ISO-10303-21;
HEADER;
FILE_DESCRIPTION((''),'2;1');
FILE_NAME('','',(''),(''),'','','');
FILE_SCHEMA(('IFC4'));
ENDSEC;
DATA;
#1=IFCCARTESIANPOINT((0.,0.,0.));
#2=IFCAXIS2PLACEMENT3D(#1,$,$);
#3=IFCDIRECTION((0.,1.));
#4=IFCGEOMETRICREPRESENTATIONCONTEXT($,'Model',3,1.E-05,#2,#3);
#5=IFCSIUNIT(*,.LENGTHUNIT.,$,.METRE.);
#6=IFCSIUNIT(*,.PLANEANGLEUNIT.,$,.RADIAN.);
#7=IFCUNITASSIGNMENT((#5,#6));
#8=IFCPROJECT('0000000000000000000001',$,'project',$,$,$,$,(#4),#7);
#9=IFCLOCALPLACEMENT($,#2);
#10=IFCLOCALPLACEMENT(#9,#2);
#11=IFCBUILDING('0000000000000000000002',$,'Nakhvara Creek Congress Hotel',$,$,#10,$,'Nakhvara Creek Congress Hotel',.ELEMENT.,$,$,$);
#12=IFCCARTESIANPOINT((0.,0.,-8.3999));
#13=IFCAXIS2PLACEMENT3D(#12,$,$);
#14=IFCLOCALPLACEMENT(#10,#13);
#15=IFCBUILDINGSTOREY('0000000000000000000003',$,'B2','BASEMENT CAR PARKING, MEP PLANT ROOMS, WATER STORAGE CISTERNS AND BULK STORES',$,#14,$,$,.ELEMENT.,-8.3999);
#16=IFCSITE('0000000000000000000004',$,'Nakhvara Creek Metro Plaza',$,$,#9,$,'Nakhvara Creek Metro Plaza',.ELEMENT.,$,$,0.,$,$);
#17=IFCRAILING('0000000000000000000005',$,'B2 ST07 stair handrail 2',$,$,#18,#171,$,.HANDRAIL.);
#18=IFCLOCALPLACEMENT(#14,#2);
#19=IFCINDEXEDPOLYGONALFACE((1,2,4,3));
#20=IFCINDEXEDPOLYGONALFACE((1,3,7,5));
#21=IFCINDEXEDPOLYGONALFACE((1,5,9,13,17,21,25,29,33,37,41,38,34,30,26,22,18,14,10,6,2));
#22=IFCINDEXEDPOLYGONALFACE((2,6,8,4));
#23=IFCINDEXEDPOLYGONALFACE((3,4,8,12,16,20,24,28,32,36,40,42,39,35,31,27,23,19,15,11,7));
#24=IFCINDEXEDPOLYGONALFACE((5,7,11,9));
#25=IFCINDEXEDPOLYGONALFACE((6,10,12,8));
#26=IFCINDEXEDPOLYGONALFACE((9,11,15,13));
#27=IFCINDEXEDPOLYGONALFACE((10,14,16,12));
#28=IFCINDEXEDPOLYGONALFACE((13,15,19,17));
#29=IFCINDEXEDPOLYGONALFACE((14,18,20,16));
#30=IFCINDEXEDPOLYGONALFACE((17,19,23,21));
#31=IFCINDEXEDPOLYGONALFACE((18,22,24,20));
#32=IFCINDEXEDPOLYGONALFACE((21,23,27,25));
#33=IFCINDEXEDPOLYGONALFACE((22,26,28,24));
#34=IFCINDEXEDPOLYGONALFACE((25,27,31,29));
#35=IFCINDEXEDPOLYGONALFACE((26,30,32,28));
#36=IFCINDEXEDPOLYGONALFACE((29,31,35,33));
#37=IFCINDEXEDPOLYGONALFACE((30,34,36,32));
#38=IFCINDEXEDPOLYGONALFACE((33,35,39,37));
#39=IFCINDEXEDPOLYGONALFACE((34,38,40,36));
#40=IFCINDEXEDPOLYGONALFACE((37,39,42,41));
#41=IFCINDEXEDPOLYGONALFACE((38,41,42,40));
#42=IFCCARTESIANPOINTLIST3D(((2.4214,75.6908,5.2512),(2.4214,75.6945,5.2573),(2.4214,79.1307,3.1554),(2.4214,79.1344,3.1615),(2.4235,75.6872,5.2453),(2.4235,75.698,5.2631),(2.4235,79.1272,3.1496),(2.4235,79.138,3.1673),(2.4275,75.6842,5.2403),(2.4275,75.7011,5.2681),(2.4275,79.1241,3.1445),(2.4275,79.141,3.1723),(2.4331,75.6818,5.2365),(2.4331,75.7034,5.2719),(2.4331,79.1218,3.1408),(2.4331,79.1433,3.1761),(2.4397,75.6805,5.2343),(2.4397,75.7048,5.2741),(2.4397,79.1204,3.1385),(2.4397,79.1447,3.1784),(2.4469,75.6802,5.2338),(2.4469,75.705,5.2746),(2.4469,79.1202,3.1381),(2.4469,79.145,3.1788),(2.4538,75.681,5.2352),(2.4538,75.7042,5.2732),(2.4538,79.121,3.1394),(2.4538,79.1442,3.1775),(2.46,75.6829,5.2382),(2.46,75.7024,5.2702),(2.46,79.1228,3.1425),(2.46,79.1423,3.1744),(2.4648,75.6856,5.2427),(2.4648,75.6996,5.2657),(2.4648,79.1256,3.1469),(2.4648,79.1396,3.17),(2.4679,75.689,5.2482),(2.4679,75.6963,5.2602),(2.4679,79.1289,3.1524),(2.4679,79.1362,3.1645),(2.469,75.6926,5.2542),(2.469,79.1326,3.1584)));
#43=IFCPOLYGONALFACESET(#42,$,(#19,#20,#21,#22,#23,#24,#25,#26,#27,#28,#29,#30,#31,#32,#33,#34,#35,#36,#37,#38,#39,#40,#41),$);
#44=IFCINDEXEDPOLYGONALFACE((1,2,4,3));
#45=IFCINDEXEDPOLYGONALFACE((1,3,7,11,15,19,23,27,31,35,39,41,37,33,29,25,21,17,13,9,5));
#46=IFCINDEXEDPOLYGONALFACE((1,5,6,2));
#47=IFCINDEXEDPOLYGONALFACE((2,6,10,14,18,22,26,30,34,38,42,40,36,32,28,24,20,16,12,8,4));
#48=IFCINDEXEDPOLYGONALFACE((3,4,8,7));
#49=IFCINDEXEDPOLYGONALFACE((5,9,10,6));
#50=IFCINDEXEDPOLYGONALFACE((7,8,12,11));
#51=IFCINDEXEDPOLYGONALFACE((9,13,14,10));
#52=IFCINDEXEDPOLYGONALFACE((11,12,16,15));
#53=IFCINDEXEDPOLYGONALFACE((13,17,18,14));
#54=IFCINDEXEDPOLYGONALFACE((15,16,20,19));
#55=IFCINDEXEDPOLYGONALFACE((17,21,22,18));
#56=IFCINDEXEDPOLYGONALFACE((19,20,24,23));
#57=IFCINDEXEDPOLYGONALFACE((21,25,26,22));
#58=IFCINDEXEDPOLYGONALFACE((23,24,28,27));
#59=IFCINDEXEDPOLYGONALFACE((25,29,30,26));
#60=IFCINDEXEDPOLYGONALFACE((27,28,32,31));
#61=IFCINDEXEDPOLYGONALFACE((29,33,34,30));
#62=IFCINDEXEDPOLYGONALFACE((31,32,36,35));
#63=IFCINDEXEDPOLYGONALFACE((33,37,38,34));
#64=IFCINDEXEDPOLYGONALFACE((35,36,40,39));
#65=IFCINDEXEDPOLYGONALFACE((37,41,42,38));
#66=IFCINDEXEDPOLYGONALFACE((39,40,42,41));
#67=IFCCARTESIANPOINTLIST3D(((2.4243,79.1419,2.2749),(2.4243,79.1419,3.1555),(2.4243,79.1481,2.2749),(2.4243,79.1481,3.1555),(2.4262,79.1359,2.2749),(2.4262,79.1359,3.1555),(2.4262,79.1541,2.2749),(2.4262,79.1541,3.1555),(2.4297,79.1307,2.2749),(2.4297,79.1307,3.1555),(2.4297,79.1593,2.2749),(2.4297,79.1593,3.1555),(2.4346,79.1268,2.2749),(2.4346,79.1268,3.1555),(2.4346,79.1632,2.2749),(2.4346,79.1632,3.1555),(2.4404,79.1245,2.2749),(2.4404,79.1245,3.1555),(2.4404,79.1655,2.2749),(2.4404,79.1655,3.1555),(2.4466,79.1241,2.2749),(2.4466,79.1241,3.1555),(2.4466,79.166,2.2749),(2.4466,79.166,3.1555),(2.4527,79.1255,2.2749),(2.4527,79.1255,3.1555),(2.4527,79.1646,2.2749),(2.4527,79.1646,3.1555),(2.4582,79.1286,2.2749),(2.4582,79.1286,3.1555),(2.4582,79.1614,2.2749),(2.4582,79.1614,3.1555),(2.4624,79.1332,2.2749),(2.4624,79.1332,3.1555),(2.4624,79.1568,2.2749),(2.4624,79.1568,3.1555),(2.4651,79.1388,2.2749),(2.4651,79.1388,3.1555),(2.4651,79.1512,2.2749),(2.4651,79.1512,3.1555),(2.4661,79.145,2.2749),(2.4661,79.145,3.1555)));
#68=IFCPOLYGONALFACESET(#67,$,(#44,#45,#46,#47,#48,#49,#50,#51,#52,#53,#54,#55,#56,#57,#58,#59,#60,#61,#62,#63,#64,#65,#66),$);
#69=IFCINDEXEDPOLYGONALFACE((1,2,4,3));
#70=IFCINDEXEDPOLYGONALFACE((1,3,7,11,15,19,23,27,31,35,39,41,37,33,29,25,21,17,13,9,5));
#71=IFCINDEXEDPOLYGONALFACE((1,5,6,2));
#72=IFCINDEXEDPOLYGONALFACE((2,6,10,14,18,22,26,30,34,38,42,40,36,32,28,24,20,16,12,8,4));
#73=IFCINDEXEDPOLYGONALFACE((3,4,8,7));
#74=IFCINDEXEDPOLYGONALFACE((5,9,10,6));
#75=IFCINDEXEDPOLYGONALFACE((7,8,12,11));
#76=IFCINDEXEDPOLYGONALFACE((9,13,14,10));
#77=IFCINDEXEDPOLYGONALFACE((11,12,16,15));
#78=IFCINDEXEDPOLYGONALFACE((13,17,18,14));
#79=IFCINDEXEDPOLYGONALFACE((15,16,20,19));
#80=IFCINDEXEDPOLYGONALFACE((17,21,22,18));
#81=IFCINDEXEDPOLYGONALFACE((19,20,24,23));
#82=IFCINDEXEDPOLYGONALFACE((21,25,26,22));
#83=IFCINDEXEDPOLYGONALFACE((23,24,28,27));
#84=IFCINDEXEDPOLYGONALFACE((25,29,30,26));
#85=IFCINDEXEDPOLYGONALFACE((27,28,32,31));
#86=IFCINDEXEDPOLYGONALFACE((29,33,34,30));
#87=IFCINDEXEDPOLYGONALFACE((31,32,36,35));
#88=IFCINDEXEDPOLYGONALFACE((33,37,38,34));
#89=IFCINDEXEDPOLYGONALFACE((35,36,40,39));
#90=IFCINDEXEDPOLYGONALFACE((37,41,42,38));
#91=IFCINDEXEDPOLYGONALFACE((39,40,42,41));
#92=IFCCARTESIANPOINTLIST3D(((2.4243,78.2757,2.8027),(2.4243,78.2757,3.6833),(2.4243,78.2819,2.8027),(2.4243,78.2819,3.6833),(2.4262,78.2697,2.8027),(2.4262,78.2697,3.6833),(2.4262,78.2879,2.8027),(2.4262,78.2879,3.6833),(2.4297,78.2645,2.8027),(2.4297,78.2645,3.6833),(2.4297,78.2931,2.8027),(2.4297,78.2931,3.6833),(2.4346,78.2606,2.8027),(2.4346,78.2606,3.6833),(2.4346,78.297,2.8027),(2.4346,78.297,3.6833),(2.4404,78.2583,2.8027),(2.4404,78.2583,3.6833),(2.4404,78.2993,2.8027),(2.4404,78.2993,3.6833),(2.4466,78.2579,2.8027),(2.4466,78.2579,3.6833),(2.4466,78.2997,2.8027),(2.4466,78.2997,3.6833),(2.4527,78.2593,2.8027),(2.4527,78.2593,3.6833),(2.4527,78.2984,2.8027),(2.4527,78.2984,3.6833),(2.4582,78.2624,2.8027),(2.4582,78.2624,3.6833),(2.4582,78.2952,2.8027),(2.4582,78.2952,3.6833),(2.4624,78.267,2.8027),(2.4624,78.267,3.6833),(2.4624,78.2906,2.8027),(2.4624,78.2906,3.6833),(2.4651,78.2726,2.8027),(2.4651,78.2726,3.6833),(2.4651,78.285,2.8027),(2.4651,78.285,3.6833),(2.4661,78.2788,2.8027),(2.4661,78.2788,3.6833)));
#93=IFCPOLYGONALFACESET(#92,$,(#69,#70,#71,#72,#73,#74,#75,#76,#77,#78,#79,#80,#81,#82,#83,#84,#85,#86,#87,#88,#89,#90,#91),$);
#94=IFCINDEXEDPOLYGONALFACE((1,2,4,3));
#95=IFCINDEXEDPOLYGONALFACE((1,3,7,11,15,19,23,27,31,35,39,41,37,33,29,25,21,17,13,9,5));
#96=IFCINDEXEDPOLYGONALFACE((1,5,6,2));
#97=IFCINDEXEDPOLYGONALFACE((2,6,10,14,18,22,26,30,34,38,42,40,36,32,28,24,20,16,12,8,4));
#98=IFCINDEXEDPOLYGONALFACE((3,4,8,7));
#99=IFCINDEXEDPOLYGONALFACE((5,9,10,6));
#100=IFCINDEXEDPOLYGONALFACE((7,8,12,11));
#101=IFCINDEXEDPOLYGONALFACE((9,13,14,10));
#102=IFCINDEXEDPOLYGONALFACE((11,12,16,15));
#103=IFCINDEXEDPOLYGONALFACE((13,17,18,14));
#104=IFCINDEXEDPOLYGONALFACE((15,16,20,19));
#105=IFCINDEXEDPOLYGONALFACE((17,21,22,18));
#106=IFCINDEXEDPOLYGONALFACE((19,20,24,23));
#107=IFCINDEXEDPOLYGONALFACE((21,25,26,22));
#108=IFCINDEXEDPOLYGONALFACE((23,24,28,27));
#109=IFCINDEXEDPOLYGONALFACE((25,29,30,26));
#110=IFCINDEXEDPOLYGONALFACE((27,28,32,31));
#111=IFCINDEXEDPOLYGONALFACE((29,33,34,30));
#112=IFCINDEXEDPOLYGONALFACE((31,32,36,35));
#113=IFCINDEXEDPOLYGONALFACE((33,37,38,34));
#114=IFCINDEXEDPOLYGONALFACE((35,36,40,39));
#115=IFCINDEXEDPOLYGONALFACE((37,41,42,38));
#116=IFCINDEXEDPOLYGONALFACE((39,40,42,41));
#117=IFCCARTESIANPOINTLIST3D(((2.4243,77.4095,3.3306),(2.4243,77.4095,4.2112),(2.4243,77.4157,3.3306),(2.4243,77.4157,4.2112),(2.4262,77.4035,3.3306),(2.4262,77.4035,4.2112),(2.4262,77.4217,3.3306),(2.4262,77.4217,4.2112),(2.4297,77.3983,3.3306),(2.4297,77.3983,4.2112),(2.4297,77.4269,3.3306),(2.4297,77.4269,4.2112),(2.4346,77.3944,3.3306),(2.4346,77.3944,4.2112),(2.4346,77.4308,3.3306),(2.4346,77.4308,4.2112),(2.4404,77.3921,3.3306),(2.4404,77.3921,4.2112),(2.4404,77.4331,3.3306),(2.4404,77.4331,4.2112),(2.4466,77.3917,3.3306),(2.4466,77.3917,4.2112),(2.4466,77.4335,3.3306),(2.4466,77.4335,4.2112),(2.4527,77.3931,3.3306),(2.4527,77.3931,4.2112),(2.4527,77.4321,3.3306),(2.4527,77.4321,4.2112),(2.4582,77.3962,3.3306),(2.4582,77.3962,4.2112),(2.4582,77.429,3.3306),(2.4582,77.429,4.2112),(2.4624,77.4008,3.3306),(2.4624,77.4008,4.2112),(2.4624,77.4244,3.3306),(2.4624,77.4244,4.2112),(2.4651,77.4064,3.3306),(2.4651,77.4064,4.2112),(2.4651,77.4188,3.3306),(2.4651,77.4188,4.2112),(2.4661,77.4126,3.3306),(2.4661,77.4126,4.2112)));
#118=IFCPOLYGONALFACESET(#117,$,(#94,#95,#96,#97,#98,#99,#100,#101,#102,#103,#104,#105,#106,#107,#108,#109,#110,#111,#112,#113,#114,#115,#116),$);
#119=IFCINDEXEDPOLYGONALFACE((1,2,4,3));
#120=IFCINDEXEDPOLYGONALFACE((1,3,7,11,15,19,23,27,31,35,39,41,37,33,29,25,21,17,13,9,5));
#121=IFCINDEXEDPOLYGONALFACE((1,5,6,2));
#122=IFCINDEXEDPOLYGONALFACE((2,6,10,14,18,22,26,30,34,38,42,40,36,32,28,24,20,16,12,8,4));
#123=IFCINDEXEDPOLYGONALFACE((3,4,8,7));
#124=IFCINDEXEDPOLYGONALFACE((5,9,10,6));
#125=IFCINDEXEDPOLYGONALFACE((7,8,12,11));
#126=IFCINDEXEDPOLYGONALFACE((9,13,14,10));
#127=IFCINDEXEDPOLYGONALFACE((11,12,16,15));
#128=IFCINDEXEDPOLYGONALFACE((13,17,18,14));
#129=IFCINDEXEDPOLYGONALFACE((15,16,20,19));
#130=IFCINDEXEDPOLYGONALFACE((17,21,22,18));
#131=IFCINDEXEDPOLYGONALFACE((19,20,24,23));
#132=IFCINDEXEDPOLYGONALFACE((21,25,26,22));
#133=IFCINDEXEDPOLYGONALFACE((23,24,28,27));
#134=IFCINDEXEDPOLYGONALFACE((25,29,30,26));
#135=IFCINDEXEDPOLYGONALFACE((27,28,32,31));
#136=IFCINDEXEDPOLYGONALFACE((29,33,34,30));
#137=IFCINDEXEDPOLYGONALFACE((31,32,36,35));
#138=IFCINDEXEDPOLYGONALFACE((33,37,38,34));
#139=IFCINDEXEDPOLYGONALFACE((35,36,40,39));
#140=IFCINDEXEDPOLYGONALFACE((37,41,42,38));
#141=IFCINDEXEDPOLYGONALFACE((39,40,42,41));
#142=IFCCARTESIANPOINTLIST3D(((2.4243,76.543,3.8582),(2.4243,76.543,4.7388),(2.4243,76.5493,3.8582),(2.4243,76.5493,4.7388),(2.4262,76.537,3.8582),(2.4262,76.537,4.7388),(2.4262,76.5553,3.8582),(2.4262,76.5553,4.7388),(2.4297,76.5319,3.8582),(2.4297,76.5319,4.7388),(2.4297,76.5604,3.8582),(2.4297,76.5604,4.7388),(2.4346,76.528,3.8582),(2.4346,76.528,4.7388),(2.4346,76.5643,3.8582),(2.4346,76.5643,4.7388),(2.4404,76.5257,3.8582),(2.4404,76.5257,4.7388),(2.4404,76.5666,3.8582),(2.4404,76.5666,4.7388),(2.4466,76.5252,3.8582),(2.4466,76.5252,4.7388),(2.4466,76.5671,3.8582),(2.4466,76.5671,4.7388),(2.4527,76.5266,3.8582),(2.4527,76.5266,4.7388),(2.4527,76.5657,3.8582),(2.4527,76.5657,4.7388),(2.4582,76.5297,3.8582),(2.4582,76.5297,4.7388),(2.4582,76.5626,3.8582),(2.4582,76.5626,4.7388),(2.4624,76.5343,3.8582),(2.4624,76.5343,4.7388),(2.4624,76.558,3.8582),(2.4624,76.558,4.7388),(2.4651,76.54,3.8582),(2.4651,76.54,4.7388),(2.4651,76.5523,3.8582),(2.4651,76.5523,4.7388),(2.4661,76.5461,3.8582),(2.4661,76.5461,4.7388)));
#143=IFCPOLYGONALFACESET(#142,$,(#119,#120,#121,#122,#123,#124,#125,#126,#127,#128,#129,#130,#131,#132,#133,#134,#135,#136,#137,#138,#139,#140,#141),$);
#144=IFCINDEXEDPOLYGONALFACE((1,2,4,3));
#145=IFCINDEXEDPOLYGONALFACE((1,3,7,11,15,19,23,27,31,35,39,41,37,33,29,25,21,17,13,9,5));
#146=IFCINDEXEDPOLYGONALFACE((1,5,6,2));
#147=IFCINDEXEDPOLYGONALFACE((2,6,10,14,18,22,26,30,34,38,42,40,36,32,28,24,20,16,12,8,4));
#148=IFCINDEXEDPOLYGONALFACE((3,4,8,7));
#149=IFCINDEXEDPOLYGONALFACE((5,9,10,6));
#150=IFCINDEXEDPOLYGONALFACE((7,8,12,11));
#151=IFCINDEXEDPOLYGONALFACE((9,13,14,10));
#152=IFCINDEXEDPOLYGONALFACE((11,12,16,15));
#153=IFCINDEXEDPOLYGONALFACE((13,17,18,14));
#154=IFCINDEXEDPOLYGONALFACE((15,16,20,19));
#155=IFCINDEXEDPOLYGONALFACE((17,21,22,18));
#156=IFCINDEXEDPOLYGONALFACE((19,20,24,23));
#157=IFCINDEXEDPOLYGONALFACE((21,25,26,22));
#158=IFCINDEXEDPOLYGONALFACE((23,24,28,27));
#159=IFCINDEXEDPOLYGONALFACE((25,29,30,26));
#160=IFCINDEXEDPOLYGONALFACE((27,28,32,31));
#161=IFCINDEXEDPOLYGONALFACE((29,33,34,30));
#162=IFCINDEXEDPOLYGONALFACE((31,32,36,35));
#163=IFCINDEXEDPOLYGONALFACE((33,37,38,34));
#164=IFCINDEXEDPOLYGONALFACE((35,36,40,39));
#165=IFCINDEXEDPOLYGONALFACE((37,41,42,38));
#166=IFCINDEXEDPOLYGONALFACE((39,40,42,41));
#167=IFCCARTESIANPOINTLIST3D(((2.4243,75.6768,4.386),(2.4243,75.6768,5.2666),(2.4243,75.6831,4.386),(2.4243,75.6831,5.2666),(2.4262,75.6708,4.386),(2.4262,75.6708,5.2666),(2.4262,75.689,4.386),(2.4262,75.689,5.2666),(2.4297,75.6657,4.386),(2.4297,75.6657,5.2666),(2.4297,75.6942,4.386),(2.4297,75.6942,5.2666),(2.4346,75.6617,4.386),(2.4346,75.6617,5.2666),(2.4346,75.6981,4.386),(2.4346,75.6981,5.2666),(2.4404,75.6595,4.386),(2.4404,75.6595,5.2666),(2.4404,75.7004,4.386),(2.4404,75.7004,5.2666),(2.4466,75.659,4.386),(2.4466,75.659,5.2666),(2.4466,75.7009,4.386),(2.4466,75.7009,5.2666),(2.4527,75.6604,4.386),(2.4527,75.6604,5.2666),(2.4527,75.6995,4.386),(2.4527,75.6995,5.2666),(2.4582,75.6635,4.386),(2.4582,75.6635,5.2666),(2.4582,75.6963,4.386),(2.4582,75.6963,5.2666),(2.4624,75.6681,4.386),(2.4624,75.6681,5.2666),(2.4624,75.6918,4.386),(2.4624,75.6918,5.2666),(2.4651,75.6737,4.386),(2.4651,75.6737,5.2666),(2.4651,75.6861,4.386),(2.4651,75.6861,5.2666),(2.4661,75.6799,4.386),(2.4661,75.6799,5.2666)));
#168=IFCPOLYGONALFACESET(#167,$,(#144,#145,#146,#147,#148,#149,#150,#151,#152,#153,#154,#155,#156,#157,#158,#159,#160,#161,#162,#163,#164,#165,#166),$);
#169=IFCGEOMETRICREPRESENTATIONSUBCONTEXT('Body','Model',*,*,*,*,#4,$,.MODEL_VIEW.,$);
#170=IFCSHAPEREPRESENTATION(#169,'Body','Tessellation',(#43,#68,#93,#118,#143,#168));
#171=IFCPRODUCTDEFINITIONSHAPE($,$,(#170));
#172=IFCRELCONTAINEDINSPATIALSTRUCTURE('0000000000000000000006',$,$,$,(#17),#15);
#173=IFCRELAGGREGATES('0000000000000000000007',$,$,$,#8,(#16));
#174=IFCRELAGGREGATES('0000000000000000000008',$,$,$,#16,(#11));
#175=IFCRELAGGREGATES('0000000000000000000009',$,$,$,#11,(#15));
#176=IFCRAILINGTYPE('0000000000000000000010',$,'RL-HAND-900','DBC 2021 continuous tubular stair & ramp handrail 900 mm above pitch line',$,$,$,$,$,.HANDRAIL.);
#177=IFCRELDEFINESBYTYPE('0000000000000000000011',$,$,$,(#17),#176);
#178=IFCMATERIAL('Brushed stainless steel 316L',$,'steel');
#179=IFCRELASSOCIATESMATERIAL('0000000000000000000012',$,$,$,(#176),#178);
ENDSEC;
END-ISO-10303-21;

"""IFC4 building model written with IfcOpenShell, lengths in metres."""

from ifc_helpers import new_model, si_unit, direction, frame, origin, origin_2d, place, context, subcontext, project, spatial, circle, extrude, material, type_object, element, save


model = new_model("IFC4")

# Units and contexts
model_context = context("Model", 3, precision=1e-05, world=origin(), true_north=direction((0.0, 1.0)))
body_context = subcontext(model_context, "Body", "Model", "MODEL_VIEW")
ifc_project = project(units=[si_unit("LENGTHUNIT", "METRE"), si_unit("PLANEANGLEUNIT", "RADIAN")], contexts=[model_context])

# Site, building, storey
site_placement = place(None, origin())
site = spatial("IfcSite", under=ifc_project, at=site_placement, Name="Nakhvara Creek Metro Plaza", LongName="Nakhvara Creek Metro Plaza", CompositionType="ELEMENT", RefElevation=0.0)
building_placement = place(site_placement, origin())
building = spatial("IfcBuilding", under=site, at=building_placement, Name="Nakhvara Creek Congress Hotel", LongName="Nakhvara Creek Congress Hotel", CompositionType="ELEMENT")
storey_placement = place(building_placement, frame((0.0, 0.0, -8.3999)))
storey = spatial("IfcBuildingStorey", under=building, at=storey_placement, Name="B2", Description="BASEMENT CAR PARKING, MEP PLANT ROOMS, WATER STORAGE CISTERNS AND BULK STORES", CompositionType="ELEMENT", Elevation=-8.3999)

# Railing
ifc_material_1 = material(Name="Brushed stainless steel 316L", Category="steel")
railing_type_1 = type_object("IfcRailingType", Name="RL-HAND-900", Description="DBC 2021 continuous tubular stair & ramp handrail 900 mm above pitch line", PredefinedType="HANDRAIL", material=ifc_material_1)
railing_1_placement = place(storey_placement, frame((2.4451, 79.145, 2.2749)))
element("IfcRailing", 1, at=railing_1_placement, inside=storey, type_object=railing_type_1, Name="B2 ST07 stair handrail 2", PredefinedType="HANDRAIL", context=body_context, shape_type="SweptSolid", body=[
    extrude(circle(Radius=0.0239, at=origin_2d()), frame((0.0, -0.0125, 0.8835), z_axis=(0.0, -0.853991, 0.520289), x_axis=(1.0, 0.0, 0.0)), (0.0, 0.0, 1.0), 4.0281),
    extrude(circle(Radius=0.021, at=origin_2d()), origin(), (0.0, 0.0, 1.0), 0.8806),
    extrude(circle(Radius=0.021, at=origin_2d()), frame((0.0, -0.8662, 0.5278)), (0.0, 0.0, 1.0), 0.8806),
    extrude(circle(Radius=0.021, at=origin_2d()), frame((0.0, -1.7324, 1.0557)), (0.0, 0.0, 1.0), 0.8806),
    extrude(circle(Radius=0.021, at=origin_2d()), frame((0.0, -2.5989, 1.5833)), (0.0, 0.0, 1.0), 0.8806),
    extrude(circle(Radius=0.021, at=origin_2d()), frame((0.0, -3.4651, 2.1111)), (0.0, 0.0, 1.0), 0.8806),
])

save(model, "model.ifc")
